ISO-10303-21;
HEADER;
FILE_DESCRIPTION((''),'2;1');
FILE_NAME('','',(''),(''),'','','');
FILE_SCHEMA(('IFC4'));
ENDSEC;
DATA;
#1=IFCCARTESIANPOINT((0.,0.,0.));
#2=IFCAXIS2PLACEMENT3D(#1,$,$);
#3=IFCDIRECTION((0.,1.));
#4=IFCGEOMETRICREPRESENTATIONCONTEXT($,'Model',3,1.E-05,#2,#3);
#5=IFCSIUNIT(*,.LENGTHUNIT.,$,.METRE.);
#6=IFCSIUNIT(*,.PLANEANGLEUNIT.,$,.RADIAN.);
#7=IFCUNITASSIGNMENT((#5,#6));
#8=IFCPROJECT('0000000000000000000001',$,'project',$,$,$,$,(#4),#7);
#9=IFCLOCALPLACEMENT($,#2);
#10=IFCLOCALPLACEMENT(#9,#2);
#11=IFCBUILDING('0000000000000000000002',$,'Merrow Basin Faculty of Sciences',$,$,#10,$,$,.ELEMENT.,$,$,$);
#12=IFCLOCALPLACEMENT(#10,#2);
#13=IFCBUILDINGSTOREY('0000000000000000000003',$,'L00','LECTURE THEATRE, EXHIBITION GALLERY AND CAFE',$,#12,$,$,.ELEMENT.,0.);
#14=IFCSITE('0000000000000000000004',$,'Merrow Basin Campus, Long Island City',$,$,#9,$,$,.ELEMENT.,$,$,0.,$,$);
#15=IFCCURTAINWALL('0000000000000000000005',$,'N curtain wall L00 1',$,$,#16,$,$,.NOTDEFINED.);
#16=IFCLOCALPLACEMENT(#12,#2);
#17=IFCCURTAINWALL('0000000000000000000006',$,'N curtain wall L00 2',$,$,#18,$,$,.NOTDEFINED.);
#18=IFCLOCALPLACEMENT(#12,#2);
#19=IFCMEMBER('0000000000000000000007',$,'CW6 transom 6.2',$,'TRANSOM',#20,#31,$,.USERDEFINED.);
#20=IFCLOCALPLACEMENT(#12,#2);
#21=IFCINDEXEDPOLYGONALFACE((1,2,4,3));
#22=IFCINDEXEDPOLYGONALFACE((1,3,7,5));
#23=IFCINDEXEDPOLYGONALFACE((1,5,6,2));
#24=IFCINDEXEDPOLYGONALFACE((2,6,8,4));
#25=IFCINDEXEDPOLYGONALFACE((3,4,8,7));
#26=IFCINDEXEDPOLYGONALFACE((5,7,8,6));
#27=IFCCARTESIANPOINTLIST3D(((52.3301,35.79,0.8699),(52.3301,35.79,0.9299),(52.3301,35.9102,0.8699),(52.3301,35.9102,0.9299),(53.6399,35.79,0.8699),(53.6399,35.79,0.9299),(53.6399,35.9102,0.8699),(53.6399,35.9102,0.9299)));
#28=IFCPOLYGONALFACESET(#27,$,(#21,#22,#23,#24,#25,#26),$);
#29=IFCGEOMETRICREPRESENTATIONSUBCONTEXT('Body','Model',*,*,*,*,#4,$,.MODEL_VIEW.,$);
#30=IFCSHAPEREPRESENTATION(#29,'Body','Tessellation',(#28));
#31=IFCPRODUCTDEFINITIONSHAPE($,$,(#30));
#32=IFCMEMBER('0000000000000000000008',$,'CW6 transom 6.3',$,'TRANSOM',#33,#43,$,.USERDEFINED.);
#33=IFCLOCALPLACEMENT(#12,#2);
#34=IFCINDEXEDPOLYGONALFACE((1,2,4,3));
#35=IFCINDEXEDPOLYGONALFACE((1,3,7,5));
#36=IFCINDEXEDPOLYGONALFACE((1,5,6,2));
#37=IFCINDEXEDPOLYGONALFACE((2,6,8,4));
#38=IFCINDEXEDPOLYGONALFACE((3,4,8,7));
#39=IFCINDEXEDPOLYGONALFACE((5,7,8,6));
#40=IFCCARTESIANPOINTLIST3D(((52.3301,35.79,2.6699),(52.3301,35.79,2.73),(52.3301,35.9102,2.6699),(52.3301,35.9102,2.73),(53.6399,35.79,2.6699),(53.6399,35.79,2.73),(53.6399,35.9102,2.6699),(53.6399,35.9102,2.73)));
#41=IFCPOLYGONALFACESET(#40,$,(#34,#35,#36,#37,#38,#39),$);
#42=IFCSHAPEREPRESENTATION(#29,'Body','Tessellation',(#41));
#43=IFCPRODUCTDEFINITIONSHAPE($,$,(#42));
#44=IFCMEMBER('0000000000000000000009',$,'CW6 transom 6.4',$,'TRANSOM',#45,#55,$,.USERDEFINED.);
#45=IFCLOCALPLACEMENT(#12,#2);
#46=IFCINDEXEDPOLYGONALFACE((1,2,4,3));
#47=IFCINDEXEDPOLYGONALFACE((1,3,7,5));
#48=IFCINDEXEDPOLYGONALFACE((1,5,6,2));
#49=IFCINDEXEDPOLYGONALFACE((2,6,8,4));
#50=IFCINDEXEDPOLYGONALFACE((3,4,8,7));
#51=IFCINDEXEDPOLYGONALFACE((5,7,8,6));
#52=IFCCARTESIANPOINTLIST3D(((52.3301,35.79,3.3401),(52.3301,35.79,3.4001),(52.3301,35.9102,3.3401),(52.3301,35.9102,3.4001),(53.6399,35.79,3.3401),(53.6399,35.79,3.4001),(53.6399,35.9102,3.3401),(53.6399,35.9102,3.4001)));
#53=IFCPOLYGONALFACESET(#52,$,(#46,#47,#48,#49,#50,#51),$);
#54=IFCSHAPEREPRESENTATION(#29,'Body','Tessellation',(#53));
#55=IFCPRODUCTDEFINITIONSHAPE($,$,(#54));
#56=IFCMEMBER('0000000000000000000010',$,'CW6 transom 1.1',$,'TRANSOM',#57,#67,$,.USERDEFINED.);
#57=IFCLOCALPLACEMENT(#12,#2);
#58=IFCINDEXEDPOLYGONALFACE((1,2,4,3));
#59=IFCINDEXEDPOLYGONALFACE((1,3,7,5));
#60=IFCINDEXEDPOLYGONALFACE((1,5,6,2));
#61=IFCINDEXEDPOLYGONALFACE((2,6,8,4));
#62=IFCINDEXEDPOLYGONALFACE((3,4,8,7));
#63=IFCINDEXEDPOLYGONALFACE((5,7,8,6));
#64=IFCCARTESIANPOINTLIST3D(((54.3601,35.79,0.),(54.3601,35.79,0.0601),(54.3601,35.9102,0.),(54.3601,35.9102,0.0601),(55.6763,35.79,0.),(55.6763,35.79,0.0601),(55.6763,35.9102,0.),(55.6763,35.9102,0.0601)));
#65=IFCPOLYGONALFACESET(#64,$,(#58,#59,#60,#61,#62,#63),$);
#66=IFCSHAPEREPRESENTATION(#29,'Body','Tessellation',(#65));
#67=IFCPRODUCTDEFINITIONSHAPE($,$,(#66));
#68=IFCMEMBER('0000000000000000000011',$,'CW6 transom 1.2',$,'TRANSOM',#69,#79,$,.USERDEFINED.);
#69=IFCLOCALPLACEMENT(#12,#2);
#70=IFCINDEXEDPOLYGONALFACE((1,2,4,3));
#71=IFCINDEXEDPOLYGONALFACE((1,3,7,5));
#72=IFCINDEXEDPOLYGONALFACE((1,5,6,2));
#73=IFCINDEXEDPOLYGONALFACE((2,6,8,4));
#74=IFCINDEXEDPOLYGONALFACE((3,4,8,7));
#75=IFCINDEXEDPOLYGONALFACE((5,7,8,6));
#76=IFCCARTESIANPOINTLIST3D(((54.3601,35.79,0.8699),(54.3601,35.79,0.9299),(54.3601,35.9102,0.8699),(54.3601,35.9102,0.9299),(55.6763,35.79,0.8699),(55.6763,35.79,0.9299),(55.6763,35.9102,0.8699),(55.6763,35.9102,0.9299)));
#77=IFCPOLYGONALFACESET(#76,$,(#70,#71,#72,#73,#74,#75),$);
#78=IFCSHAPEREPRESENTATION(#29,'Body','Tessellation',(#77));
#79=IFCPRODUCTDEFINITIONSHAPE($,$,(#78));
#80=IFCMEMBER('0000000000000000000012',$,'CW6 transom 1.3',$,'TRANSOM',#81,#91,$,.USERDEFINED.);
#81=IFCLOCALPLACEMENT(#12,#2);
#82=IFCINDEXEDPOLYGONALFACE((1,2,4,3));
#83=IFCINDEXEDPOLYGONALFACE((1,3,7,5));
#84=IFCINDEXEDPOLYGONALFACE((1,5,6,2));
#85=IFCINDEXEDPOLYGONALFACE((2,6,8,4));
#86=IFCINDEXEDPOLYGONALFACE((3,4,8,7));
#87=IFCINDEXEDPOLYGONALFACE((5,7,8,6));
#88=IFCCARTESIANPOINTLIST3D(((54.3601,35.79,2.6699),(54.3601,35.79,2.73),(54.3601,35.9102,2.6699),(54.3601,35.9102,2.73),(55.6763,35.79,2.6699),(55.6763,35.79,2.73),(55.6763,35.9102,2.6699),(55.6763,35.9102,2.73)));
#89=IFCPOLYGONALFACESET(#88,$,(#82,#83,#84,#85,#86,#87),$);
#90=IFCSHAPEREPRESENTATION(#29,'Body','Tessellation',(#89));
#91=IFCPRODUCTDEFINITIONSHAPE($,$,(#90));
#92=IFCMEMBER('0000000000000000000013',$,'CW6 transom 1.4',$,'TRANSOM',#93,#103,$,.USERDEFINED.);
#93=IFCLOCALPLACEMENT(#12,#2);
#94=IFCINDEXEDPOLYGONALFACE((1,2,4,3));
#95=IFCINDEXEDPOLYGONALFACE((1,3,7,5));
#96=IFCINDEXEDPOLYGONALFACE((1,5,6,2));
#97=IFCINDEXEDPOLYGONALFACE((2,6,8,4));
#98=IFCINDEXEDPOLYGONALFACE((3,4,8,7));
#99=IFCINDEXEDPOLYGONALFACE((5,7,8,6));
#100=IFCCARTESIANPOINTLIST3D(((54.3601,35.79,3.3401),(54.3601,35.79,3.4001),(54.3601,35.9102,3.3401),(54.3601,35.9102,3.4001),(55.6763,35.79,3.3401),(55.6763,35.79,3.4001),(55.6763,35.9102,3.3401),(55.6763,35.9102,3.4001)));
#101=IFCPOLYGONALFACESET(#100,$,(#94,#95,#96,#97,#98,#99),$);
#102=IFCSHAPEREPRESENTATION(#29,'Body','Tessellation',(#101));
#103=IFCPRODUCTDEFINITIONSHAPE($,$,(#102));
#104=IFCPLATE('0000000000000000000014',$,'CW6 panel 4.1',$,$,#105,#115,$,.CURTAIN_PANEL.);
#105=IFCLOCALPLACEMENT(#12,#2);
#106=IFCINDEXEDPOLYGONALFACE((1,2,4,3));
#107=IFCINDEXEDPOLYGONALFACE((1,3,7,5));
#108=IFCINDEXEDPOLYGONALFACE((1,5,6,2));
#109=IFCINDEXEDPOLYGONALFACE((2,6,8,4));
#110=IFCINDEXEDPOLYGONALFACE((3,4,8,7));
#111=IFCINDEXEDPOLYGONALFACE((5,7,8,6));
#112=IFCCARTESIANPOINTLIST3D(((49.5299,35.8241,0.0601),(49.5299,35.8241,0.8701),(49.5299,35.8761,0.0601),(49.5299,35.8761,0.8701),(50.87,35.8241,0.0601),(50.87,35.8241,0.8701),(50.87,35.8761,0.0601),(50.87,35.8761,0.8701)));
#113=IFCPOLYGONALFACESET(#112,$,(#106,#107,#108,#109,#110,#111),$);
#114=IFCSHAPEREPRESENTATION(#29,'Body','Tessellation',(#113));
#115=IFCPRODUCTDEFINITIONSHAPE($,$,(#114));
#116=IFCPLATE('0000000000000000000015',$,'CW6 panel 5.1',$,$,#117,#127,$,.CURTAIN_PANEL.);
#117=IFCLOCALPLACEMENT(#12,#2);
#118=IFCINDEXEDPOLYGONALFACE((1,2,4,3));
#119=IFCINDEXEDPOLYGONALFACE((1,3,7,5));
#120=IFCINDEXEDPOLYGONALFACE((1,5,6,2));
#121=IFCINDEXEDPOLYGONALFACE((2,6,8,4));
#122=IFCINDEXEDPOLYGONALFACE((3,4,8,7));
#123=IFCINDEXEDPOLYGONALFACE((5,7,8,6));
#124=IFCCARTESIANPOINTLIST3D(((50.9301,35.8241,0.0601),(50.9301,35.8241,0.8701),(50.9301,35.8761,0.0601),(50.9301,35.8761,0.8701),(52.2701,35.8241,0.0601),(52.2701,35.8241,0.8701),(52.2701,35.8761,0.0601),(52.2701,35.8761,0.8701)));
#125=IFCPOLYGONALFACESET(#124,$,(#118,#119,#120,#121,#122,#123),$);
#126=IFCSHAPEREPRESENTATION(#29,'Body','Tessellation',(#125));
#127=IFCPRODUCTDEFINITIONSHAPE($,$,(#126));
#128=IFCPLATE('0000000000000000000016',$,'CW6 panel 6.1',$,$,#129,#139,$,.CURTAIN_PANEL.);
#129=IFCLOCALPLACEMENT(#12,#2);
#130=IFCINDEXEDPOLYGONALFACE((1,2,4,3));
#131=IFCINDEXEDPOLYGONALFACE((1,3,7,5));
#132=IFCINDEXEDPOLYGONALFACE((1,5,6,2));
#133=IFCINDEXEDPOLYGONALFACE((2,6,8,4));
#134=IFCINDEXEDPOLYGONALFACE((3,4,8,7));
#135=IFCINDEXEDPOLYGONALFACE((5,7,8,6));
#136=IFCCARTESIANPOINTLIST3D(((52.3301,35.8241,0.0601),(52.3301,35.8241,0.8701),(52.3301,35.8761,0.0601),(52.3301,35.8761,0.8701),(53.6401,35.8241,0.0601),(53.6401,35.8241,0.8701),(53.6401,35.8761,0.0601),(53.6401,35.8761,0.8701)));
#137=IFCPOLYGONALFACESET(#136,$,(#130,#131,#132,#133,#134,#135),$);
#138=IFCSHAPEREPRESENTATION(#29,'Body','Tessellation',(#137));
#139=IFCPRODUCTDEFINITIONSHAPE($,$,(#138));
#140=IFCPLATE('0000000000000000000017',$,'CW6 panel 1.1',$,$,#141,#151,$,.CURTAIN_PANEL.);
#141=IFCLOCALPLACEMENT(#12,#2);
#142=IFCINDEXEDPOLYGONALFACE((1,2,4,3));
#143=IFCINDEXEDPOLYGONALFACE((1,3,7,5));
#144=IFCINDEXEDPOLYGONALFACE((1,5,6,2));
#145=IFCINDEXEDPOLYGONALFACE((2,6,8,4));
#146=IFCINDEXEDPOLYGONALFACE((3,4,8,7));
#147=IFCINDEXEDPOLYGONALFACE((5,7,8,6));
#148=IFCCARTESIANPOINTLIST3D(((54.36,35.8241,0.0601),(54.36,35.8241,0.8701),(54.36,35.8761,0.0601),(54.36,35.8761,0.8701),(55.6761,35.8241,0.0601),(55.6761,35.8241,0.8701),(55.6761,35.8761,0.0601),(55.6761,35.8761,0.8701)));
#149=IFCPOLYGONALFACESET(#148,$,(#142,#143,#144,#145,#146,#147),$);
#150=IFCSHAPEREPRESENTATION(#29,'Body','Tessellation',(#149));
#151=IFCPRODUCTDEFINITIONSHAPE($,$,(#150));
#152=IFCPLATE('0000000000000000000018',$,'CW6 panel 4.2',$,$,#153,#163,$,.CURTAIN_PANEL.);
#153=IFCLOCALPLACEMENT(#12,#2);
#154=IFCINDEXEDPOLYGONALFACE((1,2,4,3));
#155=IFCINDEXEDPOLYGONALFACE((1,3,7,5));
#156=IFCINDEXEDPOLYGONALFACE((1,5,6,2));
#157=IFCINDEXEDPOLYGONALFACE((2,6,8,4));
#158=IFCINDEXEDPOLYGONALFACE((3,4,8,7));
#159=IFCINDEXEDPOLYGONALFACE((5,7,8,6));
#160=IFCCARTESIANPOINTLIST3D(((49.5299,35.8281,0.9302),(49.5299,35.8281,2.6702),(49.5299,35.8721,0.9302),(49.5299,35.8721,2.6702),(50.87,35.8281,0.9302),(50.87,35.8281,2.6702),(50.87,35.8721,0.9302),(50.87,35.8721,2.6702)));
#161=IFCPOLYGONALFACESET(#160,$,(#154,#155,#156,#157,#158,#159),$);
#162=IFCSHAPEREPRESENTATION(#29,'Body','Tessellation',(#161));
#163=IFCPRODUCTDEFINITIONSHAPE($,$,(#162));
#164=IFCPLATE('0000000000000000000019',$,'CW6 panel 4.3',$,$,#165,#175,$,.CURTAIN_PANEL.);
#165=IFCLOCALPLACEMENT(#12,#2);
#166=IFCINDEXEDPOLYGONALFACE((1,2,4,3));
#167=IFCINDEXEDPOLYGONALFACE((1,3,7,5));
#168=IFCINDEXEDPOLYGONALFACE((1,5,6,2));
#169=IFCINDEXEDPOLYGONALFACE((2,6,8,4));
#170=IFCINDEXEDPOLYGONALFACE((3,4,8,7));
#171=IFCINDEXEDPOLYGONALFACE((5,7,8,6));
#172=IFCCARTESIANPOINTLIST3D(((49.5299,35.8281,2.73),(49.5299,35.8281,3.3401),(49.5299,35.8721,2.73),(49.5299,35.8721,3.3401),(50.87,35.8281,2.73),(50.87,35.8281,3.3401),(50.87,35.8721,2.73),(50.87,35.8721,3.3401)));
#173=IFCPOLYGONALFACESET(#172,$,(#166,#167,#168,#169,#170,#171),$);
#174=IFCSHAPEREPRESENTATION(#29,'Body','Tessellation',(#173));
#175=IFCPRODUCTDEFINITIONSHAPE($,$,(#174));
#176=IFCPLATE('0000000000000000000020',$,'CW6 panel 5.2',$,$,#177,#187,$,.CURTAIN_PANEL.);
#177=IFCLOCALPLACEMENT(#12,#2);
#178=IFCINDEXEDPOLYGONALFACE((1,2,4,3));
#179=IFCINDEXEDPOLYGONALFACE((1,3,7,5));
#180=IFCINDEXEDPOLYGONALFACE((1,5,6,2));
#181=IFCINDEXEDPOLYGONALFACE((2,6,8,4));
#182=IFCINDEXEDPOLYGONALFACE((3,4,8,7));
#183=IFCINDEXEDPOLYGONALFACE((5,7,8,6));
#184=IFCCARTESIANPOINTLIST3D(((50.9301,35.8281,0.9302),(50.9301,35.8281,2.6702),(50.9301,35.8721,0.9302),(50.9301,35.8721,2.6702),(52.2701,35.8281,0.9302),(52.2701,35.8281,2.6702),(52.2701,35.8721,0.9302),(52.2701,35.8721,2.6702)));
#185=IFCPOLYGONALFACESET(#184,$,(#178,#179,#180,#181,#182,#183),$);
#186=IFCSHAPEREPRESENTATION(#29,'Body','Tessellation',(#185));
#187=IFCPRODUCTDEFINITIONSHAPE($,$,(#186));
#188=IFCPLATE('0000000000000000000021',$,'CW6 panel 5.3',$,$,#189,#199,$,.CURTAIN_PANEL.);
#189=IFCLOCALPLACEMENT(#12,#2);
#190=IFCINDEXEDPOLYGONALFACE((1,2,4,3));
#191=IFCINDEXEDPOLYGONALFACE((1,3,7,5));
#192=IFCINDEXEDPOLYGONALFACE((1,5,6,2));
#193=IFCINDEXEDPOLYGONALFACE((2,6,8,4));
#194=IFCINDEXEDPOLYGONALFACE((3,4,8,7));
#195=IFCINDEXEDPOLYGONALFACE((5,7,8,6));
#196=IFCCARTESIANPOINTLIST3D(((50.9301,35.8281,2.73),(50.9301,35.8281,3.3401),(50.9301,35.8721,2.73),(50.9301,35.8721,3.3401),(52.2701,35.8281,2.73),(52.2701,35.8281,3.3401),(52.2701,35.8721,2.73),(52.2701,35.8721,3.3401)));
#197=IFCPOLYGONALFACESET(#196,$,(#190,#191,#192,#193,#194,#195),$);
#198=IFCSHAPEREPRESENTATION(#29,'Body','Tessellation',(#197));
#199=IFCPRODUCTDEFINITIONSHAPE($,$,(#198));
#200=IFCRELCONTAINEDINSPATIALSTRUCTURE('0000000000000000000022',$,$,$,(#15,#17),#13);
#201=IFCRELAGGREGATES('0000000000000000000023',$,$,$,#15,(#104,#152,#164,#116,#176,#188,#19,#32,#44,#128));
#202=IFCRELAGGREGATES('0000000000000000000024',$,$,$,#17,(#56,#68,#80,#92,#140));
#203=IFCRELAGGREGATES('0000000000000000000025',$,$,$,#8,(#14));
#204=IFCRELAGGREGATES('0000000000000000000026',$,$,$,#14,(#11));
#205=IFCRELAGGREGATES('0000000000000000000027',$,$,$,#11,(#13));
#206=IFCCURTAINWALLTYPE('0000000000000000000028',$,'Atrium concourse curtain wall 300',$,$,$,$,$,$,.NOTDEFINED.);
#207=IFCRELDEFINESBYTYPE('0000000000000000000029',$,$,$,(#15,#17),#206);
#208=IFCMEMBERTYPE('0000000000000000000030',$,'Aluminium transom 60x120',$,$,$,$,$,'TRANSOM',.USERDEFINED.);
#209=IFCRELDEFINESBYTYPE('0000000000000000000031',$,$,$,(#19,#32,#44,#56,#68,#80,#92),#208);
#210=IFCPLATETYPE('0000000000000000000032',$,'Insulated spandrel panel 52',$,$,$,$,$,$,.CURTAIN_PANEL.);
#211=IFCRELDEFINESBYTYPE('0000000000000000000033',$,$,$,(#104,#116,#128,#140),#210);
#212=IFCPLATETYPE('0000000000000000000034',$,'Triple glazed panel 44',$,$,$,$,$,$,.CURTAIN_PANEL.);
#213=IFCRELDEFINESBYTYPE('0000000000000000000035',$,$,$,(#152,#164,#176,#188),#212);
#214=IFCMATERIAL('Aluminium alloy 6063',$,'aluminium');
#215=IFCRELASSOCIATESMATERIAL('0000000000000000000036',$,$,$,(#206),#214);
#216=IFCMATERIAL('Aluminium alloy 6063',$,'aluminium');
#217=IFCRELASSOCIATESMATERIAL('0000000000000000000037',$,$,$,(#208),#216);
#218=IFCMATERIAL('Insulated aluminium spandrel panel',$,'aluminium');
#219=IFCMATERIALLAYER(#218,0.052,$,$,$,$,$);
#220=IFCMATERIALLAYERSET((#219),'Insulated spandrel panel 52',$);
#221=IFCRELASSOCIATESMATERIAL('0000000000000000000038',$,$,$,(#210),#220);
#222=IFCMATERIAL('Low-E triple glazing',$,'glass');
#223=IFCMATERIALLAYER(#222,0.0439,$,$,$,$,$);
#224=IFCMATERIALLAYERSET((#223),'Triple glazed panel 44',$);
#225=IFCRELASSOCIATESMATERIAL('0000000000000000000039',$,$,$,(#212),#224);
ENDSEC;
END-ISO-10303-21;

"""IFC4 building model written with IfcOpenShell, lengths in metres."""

from ifc_helpers import new_model, si_unit, direction, frame, origin, origin_2d, place, context, subcontext, project, spatial, rectangle, extrude, material, layer, layer_set, material_profile, profile_set, type_object, element, aggregate, save


model = new_model("IFC4")

# Units and contexts
model_context = context("Model", 3, precision=1e-05, world=origin(), true_north=direction((0.0, 1.0)))
body_context = subcontext(model_context, "Body", "Model", "MODEL_VIEW")
ifc_project = project(units=[si_unit("LENGTHUNIT", "METRE"), si_unit("PLANEANGLEUNIT", "RADIAN")], contexts=[model_context])

# Site, building, storey
site_placement = place(None, origin())
site = spatial("IfcSite", under=ifc_project, at=site_placement, Name="Merrow Basin Campus, Long Island City", CompositionType="ELEMENT", RefElevation=0.0)
building_placement = place(site_placement, origin())
building = spatial("IfcBuilding", under=site, at=building_placement, Name="Merrow Basin Faculty of Sciences", CompositionType="ELEMENT")
storey_placement = place(building_placement, origin())
storey = spatial("IfcBuildingStorey", under=building, at=storey_placement, Name="L00", Description="LECTURE THEATRE, EXHIBITION GALLERY AND CAFE", CompositionType="ELEMENT", Elevation=0.0)

# Curtain wall
ifc_material_1 = material(Name="Aluminium alloy 6063", Category="aluminium")
curtain_wall_type = type_object("IfcCurtainWallType", Name="Atrium concourse curtain wall 300", PredefinedType="NOTDEFINED", material=ifc_material_1)
curtain_wall_1_placement = place(storey_placement, origin())
curtain_wall_1 = element("IfcCurtainWall", 1, at=curtain_wall_1_placement, inside=storey, type_object=curtain_wall_type, Name="N curtain wall L00 1", PredefinedType="NOTDEFINED")

# Curtain wall
curtain_wall_2_placement = place(storey_placement, origin())
curtain_wall_2 = element("IfcCurtainWall", 2, at=curtain_wall_2_placement, inside=storey, type_object=curtain_wall_type, Name="N curtain wall L00 2", PredefinedType="NOTDEFINED")

# Members
ifc_material_2 = material(Name="Aluminium alloy 6063", Category="aluminium")
ifc_material_profile_1 = material_profile(ifc_material_2, rectangle(XDim=0.1201, YDim=0.0601, at=origin_2d()))
ifc_profile_set_1 = profile_set([ifc_material_profile_1], Name="Aluminium alloy 6063")
member_type_1 = type_object("IfcMemberType", Name="Aluminium transom 60x120", ElementType="TRANSOM", PredefinedType="USERDEFINED", material=ifc_profile_set_1)
member_1_placement = place(storey_placement, frame((52.3301, 35.8501, 0.8999), z_axis=(1.0, 0.0, 0.0), x_axis=(0.0, 1.0, 0.0)))
member_1 = element("IfcMember", 3, at=member_1_placement, type_object=member_type_1, Name="CW6 transom 6.2", ObjectType="TRANSOM", PredefinedType="USERDEFINED", context=body_context, shape_type="SweptSolid", body=[
    extrude(rectangle(XDim=0.1201, YDim=0.0601, at=origin_2d()), origin(), (0.0, 0.0, 1.0), 1.3098),
])
member_2_placement = place(storey_placement, frame((52.3301, 35.8501, 2.7), z_axis=(1.0, 0.0, 0.0), x_axis=(0.0, 1.0, 0.0)))
member_2 = element("IfcMember", 4, at=member_2_placement, type_object=member_type_1, Name="CW6 transom 6.3", ObjectType="TRANSOM", PredefinedType="USERDEFINED", context=body_context, shape_type="SweptSolid", body=[
    extrude(rectangle(XDim=0.1201, YDim=0.0601, at=origin_2d()), origin(), (0.0, 0.0, 1.0), 1.3098),
])
member_3_placement = place(storey_placement, frame((52.3301, 35.8501, 3.3701), z_axis=(1.0, 0.0, 0.0), x_axis=(0.0, 1.0, 0.0)))
member_3 = element("IfcMember", 5, at=member_3_placement, type_object=member_type_1, Name="CW6 transom 6.4", ObjectType="TRANSOM", PredefinedType="USERDEFINED", context=body_context, shape_type="SweptSolid", body=[
    extrude(rectangle(XDim=0.1201, YDim=0.0601, at=origin_2d()), origin(), (0.0, 0.0, 1.0), 1.3098),
])
member_4_placement = place(storey_placement, frame((54.3601, 35.8501, 0.03), z_axis=(1.0, 0.0, 0.0), x_axis=(0.0, 1.0, 0.0)))
member_4 = element("IfcMember", 6, at=member_4_placement, type_object=member_type_1, Name="CW6 transom 1.1", ObjectType="TRANSOM", PredefinedType="USERDEFINED", context=body_context, shape_type="SweptSolid", body=[
    extrude(rectangle(XDim=0.1201, YDim=0.0601, at=origin_2d()), origin(), (0.0, 0.0, 1.0), 1.3162),
])
member_5_placement = place(storey_placement, frame((54.3601, 35.8501, 0.8999), z_axis=(1.0, 0.0, 0.0), x_axis=(0.0, 1.0, 0.0)))
member_5 = element("IfcMember", 7, at=member_5_placement, type_object=member_type_1, Name="CW6 transom 1.2", ObjectType="TRANSOM", PredefinedType="USERDEFINED", context=body_context, shape_type="SweptSolid", body=[
    extrude(rectangle(XDim=0.1201, YDim=0.0601, at=origin_2d()), origin(), (0.0, 0.0, 1.0), 1.3162),
])
member_6_placement = place(storey_placement, frame((54.3601, 35.8501, 2.7), z_axis=(1.0, 0.0, 0.0), x_axis=(0.0, 1.0, 0.0)))
member_6 = element("IfcMember", 8, at=member_6_placement, type_object=member_type_1, Name="CW6 transom 1.3", ObjectType="TRANSOM", PredefinedType="USERDEFINED", context=body_context, shape_type="SweptSolid", body=[
    extrude(rectangle(XDim=0.1201, YDim=0.0601, at=origin_2d()), origin(), (0.0, 0.0, 1.0), 1.3162),
])
member_7_placement = place(storey_placement, frame((54.3601, 35.8501, 3.3701), z_axis=(1.0, 0.0, 0.0), x_axis=(0.0, 1.0, 0.0)))
member_7 = element("IfcMember", 9, at=member_7_placement, type_object=member_type_1, Name="CW6 transom 1.4", ObjectType="TRANSOM", PredefinedType="USERDEFINED", context=body_context, shape_type="SweptSolid", body=[
    extrude(rectangle(XDim=0.1201, YDim=0.0601, at=origin_2d()), origin(), (0.0, 0.0, 1.0), 1.3162),
])

# Plates
ifc_material_3 = material(Name="Insulated aluminium spandrel panel", Category="aluminium")
ifc_layer_1 = layer(ifc_material_3, 0.052)
ifc_layer_set_1 = layer_set([ifc_layer_1], Name="Insulated spandrel panel 52")
plate_type_1 = type_object("IfcPlateType", Name="Insulated spandrel panel 52", PredefinedType="CURTAIN_PANEL", material=ifc_layer_set_1)
plate_1_placement = place(storey_placement, frame((50.2, 35.8501, 0.0601), z_axis=(0.0, 0.0, 1.0), x_axis=(1.0, 0.0, 0.0)))
plate_1 = element("IfcPlate", 10, at=plate_1_placement, type_object=plate_type_1, Name="CW6 panel 4.1", PredefinedType="CURTAIN_PANEL", context=body_context, shape_type="SweptSolid", body=[
    extrude(rectangle(XDim=1.3401, YDim=0.052, at=origin_2d()), origin(), (0.0, 0.0, 1.0), 0.8101),
])
plate_2_placement = place(storey_placement, frame((51.6001, 35.8501, 0.0601), z_axis=(0.0, 0.0, 1.0), x_axis=(1.0, 0.0, 0.0)))
plate_2 = element("IfcPlate", 11, at=plate_2_placement, type_object=plate_type_1, Name="CW6 panel 5.1", PredefinedType="CURTAIN_PANEL", context=body_context, shape_type="SweptSolid", body=[
    extrude(rectangle(XDim=1.3401, YDim=0.052, at=origin_2d()), origin(), (0.0, 0.0, 1.0), 0.8101),
])
plate_3_placement = place(storey_placement, frame((52.9851, 35.8501, 0.0601), z_axis=(0.0, 0.0, 1.0), x_axis=(1.0, 0.0, 0.0)))
plate_3 = element("IfcPlate", 12, at=plate_3_placement, type_object=plate_type_1, Name="CW6 panel 6.1", PredefinedType="CURTAIN_PANEL", context=body_context, shape_type="SweptSolid", body=[
    extrude(rectangle(XDim=1.3101, YDim=0.052, at=origin_2d()), origin(), (0.0, 0.0, 1.0), 0.8101),
])
plate_4_placement = place(storey_placement, frame((55.0181, 35.8501, 0.0601), z_axis=(0.0, 0.0, 1.0), x_axis=(1.0, 0.0, 0.0)))
plate_4 = element("IfcPlate", 13, at=plate_4_placement, type_object=plate_type_1, Name="CW6 panel 1.1", PredefinedType="CURTAIN_PANEL", context=body_context, shape_type="SweptSolid", body=[
    extrude(rectangle(XDim=1.3162, YDim=0.052, at=origin_2d()), origin(), (0.0, 0.0, 1.0), 0.8101),
])
ifc_material_4 = material(Name="Low-E triple glazing", Category="glass")
ifc_layer_2 = layer(ifc_material_4, 0.0439)
ifc_layer_set_2 = layer_set([ifc_layer_2], Name="Triple glazed panel 44")
plate_type_2 = type_object("IfcPlateType", Name="Triple glazed panel 44", PredefinedType="CURTAIN_PANEL", material=ifc_layer_set_2)
plate_5_placement = place(storey_placement, frame((50.2, 35.8501, 0.9302), z_axis=(0.0, 0.0, 1.0), x_axis=(1.0, 0.0, 0.0)))
plate_5 = element("IfcPlate", 14, at=plate_5_placement, type_object=plate_type_2, Name="CW6 panel 4.2", PredefinedType="CURTAIN_PANEL", context=body_context, shape_type="SweptSolid", body=[
    extrude(rectangle(XDim=1.3401, YDim=0.0439, at=origin_2d()), origin(), (0.0, 0.0, 1.0), 1.74),
])
plate_6_placement = place(storey_placement, frame((50.2, 35.8501, 2.73), z_axis=(0.0, 0.0, 1.0), x_axis=(1.0, 0.0, 0.0)))
plate_6 = element("IfcPlate", 15, at=plate_6_placement, type_object=plate_type_2, Name="CW6 panel 4.3", PredefinedType="CURTAIN_PANEL", context=body_context, shape_type="SweptSolid", body=[
    extrude(rectangle(XDim=1.3401, YDim=0.0439, at=origin_2d()), origin(), (0.0, 0.0, 1.0), 0.6101),
])
plate_7_placement = place(storey_placement, frame((51.6001, 35.8501, 0.9302), z_axis=(0.0, 0.0, 1.0), x_axis=(1.0, 0.0, 0.0)))
plate_7 = element("IfcPlate", 16, at=plate_7_placement, type_object=plate_type_2, Name="CW6 panel 5.2", PredefinedType="CURTAIN_PANEL", context=body_context, shape_type="SweptSolid", body=[
    extrude(rectangle(XDim=1.3401, YDim=0.0439, at=origin_2d()), origin(), (0.0, 0.0, 1.0), 1.74),
])
plate_8_placement = place(storey_placement, frame((51.6001, 35.8501, 2.73), z_axis=(0.0, 0.0, 1.0), x_axis=(1.0, 0.0, 0.0)))
plate_8 = element("IfcPlate", 17, at=plate_8_placement, type_object=plate_type_2, Name="CW6 panel 5.3", PredefinedType="CURTAIN_PANEL", context=body_context, shape_type="SweptSolid", body=[
    extrude(rectangle(XDim=1.3401, YDim=0.0439, at=origin_2d()), origin(), (0.0, 0.0, 1.0), 0.6101),
])
aggregate(curtain_wall_1, [plate_1, plate_5, plate_6, plate_2, plate_7, plate_8, member_1, member_2, member_3, plate_3])
aggregate(curtain_wall_2, [member_4, member_5, member_6, member_7, plate_4])

save(model, "model.ifc")
